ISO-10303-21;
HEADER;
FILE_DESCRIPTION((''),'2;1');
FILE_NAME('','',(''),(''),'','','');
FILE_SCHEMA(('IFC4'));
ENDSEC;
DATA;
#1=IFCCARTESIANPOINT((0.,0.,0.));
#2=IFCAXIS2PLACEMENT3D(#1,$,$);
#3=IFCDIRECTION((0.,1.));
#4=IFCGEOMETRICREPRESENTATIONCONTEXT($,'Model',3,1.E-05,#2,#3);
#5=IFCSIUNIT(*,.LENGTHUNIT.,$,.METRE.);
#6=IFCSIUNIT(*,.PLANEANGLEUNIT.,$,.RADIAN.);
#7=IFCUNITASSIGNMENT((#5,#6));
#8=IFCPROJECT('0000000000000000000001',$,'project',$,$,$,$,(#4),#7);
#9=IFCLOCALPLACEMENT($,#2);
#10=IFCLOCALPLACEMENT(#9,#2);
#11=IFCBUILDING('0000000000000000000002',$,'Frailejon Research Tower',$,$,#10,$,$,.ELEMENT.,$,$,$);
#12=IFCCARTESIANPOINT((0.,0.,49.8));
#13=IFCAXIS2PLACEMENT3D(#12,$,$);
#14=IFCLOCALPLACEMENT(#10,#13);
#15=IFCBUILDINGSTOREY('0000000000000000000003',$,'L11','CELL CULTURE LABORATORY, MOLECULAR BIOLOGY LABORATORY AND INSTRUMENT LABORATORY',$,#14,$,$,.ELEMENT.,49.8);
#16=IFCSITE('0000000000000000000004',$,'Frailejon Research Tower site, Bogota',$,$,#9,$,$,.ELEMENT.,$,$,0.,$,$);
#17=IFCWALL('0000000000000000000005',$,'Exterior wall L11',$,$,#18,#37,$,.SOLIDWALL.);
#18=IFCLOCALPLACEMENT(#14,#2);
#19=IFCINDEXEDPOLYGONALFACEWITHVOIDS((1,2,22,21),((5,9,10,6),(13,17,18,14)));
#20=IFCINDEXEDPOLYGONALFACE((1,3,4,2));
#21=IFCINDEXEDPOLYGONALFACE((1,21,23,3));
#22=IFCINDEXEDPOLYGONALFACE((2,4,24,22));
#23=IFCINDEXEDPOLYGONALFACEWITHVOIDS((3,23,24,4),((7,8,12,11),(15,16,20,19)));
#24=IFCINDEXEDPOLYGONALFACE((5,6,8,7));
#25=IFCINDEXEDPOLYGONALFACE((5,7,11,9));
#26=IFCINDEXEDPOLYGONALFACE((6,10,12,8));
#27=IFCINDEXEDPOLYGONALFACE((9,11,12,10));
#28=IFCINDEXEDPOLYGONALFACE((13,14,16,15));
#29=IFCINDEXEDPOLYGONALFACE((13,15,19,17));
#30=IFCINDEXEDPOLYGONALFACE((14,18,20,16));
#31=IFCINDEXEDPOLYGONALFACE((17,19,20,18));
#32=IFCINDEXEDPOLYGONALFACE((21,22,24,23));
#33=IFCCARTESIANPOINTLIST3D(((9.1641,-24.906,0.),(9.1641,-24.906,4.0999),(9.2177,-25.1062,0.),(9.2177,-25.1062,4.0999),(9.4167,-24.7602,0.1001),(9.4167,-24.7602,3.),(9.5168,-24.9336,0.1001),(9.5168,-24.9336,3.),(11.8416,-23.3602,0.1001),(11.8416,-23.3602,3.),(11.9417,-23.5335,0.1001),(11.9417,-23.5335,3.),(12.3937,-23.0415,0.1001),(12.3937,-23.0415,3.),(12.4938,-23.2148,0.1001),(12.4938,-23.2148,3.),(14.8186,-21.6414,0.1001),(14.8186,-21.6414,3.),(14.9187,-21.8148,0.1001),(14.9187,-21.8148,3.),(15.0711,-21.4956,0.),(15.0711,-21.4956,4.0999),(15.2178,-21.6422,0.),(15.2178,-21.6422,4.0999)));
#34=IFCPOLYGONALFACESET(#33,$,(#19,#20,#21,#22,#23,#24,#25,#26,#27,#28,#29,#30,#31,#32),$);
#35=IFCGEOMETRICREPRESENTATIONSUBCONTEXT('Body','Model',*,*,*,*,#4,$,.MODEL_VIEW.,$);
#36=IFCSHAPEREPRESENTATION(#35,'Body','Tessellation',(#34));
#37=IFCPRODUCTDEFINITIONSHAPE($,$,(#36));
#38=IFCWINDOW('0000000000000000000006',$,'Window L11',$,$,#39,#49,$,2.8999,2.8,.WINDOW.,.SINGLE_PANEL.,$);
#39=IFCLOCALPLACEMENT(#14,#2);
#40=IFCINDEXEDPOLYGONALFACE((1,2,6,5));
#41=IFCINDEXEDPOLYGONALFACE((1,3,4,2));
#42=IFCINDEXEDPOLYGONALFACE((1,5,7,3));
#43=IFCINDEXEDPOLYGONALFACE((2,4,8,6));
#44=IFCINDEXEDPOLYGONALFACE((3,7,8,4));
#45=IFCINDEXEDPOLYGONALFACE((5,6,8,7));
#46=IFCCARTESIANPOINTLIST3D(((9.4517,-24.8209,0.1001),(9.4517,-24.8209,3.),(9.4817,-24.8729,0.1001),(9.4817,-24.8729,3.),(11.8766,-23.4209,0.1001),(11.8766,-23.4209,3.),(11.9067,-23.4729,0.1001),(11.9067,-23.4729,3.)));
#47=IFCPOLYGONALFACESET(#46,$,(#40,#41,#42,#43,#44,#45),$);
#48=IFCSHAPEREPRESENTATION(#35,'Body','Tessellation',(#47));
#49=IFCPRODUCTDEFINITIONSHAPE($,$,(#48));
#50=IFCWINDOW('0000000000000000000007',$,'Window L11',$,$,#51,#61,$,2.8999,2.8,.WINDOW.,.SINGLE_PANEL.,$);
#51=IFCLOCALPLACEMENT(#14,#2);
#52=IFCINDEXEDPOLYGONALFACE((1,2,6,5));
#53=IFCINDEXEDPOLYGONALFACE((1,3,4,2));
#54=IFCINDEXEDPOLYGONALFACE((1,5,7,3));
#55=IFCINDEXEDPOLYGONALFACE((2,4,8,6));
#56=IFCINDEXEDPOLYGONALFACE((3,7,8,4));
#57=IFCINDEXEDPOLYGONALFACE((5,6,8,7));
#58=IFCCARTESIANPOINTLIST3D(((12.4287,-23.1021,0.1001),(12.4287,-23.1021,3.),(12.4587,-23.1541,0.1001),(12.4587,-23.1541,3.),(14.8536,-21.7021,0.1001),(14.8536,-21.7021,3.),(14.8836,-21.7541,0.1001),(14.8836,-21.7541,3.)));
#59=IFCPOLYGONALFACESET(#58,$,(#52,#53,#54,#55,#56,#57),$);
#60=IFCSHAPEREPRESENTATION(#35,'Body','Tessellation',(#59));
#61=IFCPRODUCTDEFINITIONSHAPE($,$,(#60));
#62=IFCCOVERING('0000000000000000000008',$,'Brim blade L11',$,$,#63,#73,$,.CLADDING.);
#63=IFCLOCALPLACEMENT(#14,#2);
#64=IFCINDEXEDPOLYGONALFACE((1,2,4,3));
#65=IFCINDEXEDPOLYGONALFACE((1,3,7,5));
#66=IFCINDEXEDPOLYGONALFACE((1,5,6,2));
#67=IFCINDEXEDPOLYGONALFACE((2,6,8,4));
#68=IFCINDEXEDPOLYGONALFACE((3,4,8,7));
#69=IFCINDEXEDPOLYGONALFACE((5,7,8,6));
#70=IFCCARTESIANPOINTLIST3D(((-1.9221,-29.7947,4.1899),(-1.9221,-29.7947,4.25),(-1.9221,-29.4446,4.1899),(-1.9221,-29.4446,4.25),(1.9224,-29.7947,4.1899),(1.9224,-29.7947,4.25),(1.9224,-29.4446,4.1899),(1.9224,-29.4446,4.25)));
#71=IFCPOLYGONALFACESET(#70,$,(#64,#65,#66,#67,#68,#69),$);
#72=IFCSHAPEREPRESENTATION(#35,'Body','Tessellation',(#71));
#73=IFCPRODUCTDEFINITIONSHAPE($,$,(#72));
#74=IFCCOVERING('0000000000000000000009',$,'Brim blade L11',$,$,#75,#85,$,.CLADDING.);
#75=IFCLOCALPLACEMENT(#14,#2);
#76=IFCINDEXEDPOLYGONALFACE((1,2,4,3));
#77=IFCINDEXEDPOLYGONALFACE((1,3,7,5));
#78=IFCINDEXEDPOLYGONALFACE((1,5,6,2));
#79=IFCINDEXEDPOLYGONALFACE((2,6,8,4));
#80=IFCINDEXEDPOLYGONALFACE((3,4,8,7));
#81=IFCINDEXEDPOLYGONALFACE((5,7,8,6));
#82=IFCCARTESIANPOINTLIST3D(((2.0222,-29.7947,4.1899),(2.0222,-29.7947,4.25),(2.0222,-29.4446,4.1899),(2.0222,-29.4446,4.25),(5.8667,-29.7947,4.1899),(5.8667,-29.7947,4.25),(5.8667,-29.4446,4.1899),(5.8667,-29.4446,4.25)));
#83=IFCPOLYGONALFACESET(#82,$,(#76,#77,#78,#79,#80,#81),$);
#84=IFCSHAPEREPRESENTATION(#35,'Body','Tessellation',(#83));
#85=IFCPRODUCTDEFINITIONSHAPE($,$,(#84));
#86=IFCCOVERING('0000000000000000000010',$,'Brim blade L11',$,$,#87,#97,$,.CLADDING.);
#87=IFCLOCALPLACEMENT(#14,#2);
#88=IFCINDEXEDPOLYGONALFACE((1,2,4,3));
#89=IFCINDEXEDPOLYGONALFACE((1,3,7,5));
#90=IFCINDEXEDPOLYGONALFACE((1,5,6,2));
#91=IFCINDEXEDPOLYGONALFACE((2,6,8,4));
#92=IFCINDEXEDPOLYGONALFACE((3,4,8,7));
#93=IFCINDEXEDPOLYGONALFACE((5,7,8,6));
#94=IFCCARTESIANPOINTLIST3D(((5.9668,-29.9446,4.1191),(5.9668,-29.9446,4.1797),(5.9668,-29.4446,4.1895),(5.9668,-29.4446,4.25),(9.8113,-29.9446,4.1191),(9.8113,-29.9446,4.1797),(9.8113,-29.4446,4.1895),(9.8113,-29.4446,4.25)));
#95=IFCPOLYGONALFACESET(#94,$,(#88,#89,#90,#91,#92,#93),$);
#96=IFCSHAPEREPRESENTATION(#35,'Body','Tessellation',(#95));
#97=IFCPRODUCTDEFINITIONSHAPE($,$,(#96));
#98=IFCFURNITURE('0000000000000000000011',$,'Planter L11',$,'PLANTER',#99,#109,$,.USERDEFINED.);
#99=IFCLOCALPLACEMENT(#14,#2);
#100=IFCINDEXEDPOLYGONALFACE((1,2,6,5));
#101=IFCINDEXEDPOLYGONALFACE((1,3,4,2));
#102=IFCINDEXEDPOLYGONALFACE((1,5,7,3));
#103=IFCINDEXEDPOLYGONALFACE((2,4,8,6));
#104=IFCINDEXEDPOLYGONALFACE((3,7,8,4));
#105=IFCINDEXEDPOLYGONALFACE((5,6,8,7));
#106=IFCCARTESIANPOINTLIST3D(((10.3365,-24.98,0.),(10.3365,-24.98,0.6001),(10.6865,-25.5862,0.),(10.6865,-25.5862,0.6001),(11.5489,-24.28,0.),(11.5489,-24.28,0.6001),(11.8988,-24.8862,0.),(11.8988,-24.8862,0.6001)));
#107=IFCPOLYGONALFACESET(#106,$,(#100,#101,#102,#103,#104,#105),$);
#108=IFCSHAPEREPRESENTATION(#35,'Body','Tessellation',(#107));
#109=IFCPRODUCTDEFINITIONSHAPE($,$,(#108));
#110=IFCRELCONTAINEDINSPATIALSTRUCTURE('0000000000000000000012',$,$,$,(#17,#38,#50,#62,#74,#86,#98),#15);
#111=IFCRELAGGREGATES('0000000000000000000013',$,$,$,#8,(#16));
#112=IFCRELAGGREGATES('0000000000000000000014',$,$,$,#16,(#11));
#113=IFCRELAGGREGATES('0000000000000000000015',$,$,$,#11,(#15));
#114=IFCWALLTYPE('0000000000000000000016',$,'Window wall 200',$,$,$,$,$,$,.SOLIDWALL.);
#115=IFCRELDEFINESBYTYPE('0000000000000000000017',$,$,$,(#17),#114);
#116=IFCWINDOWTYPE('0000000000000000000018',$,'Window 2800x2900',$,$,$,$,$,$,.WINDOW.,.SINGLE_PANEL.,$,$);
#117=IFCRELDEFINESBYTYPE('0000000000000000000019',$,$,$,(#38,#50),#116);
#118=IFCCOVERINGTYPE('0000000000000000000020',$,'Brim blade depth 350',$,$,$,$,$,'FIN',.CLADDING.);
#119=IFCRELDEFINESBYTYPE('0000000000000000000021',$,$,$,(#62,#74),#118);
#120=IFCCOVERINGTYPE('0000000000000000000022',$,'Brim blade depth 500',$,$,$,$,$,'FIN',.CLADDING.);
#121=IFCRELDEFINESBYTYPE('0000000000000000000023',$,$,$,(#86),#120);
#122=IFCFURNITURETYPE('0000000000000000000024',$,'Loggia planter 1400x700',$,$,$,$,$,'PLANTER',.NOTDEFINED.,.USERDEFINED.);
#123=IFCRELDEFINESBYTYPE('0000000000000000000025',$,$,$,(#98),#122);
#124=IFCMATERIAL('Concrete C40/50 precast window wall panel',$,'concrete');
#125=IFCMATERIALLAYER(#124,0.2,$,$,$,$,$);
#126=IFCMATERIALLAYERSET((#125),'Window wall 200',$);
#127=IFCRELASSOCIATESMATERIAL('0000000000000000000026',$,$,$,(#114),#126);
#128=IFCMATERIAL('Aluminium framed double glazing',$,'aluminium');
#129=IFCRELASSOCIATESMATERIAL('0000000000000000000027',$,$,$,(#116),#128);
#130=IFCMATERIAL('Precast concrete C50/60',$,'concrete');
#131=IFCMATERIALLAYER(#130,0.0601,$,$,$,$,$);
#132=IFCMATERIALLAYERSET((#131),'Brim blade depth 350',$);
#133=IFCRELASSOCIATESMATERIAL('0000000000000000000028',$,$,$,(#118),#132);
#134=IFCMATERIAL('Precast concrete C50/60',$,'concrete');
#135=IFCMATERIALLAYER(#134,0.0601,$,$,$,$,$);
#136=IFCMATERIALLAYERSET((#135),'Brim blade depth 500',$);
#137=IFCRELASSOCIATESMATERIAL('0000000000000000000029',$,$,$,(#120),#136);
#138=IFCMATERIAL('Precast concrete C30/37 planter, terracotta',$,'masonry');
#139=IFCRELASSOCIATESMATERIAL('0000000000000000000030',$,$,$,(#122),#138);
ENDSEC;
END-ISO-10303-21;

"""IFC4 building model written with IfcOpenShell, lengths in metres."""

from ifc_helpers import new_model, si_unit, direction, frame, frame_2d, origin, origin_2d, place, context, subcontext, project, spatial, polyline, rectangle, outline, extrude, material, layer, layer_set, type_object, element, fill, save


model = new_model("IFC4")

# Units and contexts
model_context = context("Model", 3, precision=1e-05, world=origin(), true_north=direction((0.0, 1.0)))
body_context = subcontext(model_context, "Body", "Model", "MODEL_VIEW")
ifc_project = project(units=[si_unit("LENGTHUNIT", "METRE"), si_unit("PLANEANGLEUNIT", "RADIAN")], contexts=[model_context])

# Site, building, storey
site_placement = place(None, origin())
site = spatial("IfcSite", under=ifc_project, at=site_placement, Name="Frailejon Research Tower site, Bogota", CompositionType="ELEMENT", RefElevation=0.0)
building_placement = place(site_placement, origin())
building = spatial("IfcBuilding", under=site, at=building_placement, Name="Frailejon Research Tower", CompositionType="ELEMENT")
storey_placement = place(building_placement, frame((0.0, 0.0, 49.8)))
storey = spatial("IfcBuildingStorey", under=building, at=storey_placement, Name="L11", Description="CELL CULTURE LABORATORY, MOLECULAR BIOLOGY LABORATORY AND INSTRUMENT LABORATORY", CompositionType="ELEMENT", Elevation=49.8)

# Wall, openings, windows
ifc_material_1 = material(Name="Concrete C40/50 precast window wall panel", Category="concrete")
ifc_layer_1 = layer(ifc_material_1, 0.2)
ifc_layer_set_1 = layer_set([ifc_layer_1], Name="Window wall 200")
wall_type_1 = type_object("IfcWallType", Name="Window wall 200", PredefinedType="SOLIDWALL", material=ifc_layer_set_1)
wall_1_placement = place(storey_placement, frame((9.1909, -25.0061, 0.0), z_axis=(0.0, 0.0, 1.0), x_axis=(0.866029, 0.499993, 0.0)))
wall_1 = element("IfcWall", 1, at=wall_1_placement, inside=storey, type_object=wall_type_1, Name="Exterior wall L11", PredefinedType="SOLIDWALL", context=body_context, shape_type="SweptSolid", body=[
    extrude(outline(polyline([(-0.0269, -0.1001), (1.1279, -0.1001), (2.2825, -0.1001), (3.4373, -0.1001), (4.592, -0.1001), (5.7466, -0.1001), (6.9014, -0.1001), (6.8477, 0.1001), (5.7109, 0.1001), (4.574, 0.1001), (3.4373, 0.1001), (2.3005, 0.1001), (1.1636, 0.1001), (0.0269, 0.1001), (-0.0269, -0.1001)])), origin(), (0.0, 0.0, 1.0), 4.0999),
])
opening_1_placement = place(wall_1_placement, frame((0.3186, 0.0, 0.1001)))
opening_1 = element("IfcOpeningElement", 2, at=opening_1_placement, cuts=wall_1, PredefinedType="OPENING", context=body_context, shape_type="SweptSolid", body=[
    extrude(rectangle(XDim=2.8, YDim=2.8999, at=frame_2d((1.3999, 1.45))), frame((0.0, 0.1099, 0.0), z_axis=(0.0, -1.0, 0.0), x_axis=(1.0, 0.0, 0.0)), (0.0, 0.0, 1.0), 0.22),
])
opening_2_placement = place(wall_1_placement, frame((3.7561, 0.0, 0.1001)))
opening_2 = element("IfcOpeningElement", 3, at=opening_2_placement, cuts=wall_1, PredefinedType="OPENING", context=body_context, shape_type="SweptSolid", body=[
    extrude(rectangle(XDim=2.8, YDim=2.8999, at=frame_2d((1.3999, 1.45))), frame((0.0, 0.1099, 0.0), z_axis=(0.0, -1.0, 0.0), x_axis=(1.0, 0.0, 0.0)), (0.0, 0.0, 1.0), 0.22),
])
ifc_material_2 = material(Name="Aluminium framed double glazing", Category="aluminium")
window_type = type_object("IfcWindowType", Name="Window 2800x2900", PartitioningType="SINGLE_PANEL", PredefinedType="WINDOW", material=ifc_material_2)
window_1_placement = place(opening_1_placement, origin())
window_1 = element("IfcWindow", 4, at=window_1_placement, inside=storey, type_object=window_type, Name="Window L11", OverallHeight=2.8999, OverallWidth=2.8, PartitioningType="SINGLE_PANEL", PredefinedType="WINDOW", context=body_context, shape_type="SweptSolid", body=[
    extrude(rectangle(XDim=2.8, YDim=2.8999, at=frame_2d((1.3999, 1.45))), frame((0.0, 0.03, 0.0), z_axis=(0.0, -1.0, 0.0), x_axis=(1.0, 0.0, 0.0)), (0.0, 0.0, 1.0), 0.0601),
])
fill(opening_1, window_1)
window_2_placement = place(opening_2_placement, origin())
window_2 = element("IfcWindow", 5, at=window_2_placement, inside=storey, type_object=window_type, Name="Window L11", OverallHeight=2.8999, OverallWidth=2.8, PartitioningType="SINGLE_PANEL", PredefinedType="WINDOW", context=body_context, shape_type="SweptSolid", body=[
    extrude(rectangle(XDim=2.8, YDim=2.8999, at=frame_2d((1.3999, 1.45))), frame((0.0, 0.03, 0.0), z_axis=(0.0, -1.0, 0.0), x_axis=(1.0, 0.0, 0.0)), (0.0, 0.0, 1.0), 0.0601),
])
fill(opening_2, window_2)

# Coverings
ifc_material_3 = material(Name="Precast concrete C50/60", Category="concrete")
ifc_layer_2 = layer(ifc_material_3, 0.0601)
ifc_layer_set_2 = layer_set([ifc_layer_2], Name="Brim blade depth 350")
covering_type_1 = type_object("IfcCoveringType", Name="Brim blade depth 350", ElementType="FIN", PredefinedType="CLADDING", material=ifc_layer_set_2)
for number, where, z_axis, x_axis, name in (
    (6, (1.9224, -29.4446, 4.25), (-1.0, 0.0, 0.0), (0.0, -1.0, 0.0), "Brim blade L11"),
    (7, (5.8667, -29.4446, 4.25), (-1.0, 0.0, 0.0), (0.0, -1.0, 0.0), "Brim blade L11"),
):
    element("IfcCovering", number, at=place(storey_placement, frame(where, z_axis=z_axis, x_axis=x_axis)), inside=storey, type_object=covering_type_1, Name=name, PredefinedType="CLADDING", context=body_context, shape_type="SweptSolid", body=[
        extrude(outline(polyline([(0.0, -0.0601), (0.3501, -0.0601), (0.3501, 0.0), (0.0, 0.0), (0.0, -0.0601)])), origin(), (0.0, 0.0, 1.0), 3.8445),
    ])
ifc_material_4 = material(Name="Precast concrete C50/60", Category="concrete")
ifc_layer_3 = layer(ifc_material_4, 0.0601)
ifc_layer_set_3 = layer_set([ifc_layer_3], Name="Brim blade depth 500")
covering_type_2 = type_object("IfcCoveringType", Name="Brim blade depth 500", ElementType="FIN", PredefinedType="CLADDING", material=ifc_layer_set_3)
covering_placement = place(storey_placement, frame((9.8113, -29.4446, 4.25), z_axis=(-1.0, 0.0, 0.0), x_axis=(0.0, -1.0, 0.0)))
element("IfcCovering", 8, at=covering_placement, inside=storey, type_object=covering_type_2, Name="Brim blade L11", PredefinedType="CLADDING", context=body_context, shape_type="SweptSolid", body=[
    extrude(outline(polyline([(0.0, -0.0605), (0.5, -0.1309), (0.5, -0.0703), (0.0, 0.0), (0.0, -0.0605)])), origin(), (0.0, 0.0, 1.0), 3.8445),
])

# Furniture
ifc_material_5 = material(Name="Precast concrete C30/37 planter, terracotta", Category="masonry")
furniture_type = type_object("IfcFurnitureType", Name="Loggia planter 1400x700", ElementType="PLANTER", AssemblyPlace="NOTDEFINED", PredefinedType="USERDEFINED", material=ifc_material_5)
furniture_placement = place(storey_placement, frame((11.1177, -24.9331, 0.0), z_axis=(0.0, 0.0, 1.0), x_axis=(0.866025, 0.5, 0.0)))
element("IfcFurniture", 9, at=furniture_placement, inside=storey, type_object=furniture_type, Name="Planter L11", ObjectType="PLANTER", PredefinedType="USERDEFINED", context=body_context, shape_type="SweptSolid", body=[
    extrude(rectangle(XDim=1.3999, YDim=0.7, at=origin_2d()), origin(), (0.0, 0.0, 1.0), 0.6001),
])

save(model, "model.ifc")
